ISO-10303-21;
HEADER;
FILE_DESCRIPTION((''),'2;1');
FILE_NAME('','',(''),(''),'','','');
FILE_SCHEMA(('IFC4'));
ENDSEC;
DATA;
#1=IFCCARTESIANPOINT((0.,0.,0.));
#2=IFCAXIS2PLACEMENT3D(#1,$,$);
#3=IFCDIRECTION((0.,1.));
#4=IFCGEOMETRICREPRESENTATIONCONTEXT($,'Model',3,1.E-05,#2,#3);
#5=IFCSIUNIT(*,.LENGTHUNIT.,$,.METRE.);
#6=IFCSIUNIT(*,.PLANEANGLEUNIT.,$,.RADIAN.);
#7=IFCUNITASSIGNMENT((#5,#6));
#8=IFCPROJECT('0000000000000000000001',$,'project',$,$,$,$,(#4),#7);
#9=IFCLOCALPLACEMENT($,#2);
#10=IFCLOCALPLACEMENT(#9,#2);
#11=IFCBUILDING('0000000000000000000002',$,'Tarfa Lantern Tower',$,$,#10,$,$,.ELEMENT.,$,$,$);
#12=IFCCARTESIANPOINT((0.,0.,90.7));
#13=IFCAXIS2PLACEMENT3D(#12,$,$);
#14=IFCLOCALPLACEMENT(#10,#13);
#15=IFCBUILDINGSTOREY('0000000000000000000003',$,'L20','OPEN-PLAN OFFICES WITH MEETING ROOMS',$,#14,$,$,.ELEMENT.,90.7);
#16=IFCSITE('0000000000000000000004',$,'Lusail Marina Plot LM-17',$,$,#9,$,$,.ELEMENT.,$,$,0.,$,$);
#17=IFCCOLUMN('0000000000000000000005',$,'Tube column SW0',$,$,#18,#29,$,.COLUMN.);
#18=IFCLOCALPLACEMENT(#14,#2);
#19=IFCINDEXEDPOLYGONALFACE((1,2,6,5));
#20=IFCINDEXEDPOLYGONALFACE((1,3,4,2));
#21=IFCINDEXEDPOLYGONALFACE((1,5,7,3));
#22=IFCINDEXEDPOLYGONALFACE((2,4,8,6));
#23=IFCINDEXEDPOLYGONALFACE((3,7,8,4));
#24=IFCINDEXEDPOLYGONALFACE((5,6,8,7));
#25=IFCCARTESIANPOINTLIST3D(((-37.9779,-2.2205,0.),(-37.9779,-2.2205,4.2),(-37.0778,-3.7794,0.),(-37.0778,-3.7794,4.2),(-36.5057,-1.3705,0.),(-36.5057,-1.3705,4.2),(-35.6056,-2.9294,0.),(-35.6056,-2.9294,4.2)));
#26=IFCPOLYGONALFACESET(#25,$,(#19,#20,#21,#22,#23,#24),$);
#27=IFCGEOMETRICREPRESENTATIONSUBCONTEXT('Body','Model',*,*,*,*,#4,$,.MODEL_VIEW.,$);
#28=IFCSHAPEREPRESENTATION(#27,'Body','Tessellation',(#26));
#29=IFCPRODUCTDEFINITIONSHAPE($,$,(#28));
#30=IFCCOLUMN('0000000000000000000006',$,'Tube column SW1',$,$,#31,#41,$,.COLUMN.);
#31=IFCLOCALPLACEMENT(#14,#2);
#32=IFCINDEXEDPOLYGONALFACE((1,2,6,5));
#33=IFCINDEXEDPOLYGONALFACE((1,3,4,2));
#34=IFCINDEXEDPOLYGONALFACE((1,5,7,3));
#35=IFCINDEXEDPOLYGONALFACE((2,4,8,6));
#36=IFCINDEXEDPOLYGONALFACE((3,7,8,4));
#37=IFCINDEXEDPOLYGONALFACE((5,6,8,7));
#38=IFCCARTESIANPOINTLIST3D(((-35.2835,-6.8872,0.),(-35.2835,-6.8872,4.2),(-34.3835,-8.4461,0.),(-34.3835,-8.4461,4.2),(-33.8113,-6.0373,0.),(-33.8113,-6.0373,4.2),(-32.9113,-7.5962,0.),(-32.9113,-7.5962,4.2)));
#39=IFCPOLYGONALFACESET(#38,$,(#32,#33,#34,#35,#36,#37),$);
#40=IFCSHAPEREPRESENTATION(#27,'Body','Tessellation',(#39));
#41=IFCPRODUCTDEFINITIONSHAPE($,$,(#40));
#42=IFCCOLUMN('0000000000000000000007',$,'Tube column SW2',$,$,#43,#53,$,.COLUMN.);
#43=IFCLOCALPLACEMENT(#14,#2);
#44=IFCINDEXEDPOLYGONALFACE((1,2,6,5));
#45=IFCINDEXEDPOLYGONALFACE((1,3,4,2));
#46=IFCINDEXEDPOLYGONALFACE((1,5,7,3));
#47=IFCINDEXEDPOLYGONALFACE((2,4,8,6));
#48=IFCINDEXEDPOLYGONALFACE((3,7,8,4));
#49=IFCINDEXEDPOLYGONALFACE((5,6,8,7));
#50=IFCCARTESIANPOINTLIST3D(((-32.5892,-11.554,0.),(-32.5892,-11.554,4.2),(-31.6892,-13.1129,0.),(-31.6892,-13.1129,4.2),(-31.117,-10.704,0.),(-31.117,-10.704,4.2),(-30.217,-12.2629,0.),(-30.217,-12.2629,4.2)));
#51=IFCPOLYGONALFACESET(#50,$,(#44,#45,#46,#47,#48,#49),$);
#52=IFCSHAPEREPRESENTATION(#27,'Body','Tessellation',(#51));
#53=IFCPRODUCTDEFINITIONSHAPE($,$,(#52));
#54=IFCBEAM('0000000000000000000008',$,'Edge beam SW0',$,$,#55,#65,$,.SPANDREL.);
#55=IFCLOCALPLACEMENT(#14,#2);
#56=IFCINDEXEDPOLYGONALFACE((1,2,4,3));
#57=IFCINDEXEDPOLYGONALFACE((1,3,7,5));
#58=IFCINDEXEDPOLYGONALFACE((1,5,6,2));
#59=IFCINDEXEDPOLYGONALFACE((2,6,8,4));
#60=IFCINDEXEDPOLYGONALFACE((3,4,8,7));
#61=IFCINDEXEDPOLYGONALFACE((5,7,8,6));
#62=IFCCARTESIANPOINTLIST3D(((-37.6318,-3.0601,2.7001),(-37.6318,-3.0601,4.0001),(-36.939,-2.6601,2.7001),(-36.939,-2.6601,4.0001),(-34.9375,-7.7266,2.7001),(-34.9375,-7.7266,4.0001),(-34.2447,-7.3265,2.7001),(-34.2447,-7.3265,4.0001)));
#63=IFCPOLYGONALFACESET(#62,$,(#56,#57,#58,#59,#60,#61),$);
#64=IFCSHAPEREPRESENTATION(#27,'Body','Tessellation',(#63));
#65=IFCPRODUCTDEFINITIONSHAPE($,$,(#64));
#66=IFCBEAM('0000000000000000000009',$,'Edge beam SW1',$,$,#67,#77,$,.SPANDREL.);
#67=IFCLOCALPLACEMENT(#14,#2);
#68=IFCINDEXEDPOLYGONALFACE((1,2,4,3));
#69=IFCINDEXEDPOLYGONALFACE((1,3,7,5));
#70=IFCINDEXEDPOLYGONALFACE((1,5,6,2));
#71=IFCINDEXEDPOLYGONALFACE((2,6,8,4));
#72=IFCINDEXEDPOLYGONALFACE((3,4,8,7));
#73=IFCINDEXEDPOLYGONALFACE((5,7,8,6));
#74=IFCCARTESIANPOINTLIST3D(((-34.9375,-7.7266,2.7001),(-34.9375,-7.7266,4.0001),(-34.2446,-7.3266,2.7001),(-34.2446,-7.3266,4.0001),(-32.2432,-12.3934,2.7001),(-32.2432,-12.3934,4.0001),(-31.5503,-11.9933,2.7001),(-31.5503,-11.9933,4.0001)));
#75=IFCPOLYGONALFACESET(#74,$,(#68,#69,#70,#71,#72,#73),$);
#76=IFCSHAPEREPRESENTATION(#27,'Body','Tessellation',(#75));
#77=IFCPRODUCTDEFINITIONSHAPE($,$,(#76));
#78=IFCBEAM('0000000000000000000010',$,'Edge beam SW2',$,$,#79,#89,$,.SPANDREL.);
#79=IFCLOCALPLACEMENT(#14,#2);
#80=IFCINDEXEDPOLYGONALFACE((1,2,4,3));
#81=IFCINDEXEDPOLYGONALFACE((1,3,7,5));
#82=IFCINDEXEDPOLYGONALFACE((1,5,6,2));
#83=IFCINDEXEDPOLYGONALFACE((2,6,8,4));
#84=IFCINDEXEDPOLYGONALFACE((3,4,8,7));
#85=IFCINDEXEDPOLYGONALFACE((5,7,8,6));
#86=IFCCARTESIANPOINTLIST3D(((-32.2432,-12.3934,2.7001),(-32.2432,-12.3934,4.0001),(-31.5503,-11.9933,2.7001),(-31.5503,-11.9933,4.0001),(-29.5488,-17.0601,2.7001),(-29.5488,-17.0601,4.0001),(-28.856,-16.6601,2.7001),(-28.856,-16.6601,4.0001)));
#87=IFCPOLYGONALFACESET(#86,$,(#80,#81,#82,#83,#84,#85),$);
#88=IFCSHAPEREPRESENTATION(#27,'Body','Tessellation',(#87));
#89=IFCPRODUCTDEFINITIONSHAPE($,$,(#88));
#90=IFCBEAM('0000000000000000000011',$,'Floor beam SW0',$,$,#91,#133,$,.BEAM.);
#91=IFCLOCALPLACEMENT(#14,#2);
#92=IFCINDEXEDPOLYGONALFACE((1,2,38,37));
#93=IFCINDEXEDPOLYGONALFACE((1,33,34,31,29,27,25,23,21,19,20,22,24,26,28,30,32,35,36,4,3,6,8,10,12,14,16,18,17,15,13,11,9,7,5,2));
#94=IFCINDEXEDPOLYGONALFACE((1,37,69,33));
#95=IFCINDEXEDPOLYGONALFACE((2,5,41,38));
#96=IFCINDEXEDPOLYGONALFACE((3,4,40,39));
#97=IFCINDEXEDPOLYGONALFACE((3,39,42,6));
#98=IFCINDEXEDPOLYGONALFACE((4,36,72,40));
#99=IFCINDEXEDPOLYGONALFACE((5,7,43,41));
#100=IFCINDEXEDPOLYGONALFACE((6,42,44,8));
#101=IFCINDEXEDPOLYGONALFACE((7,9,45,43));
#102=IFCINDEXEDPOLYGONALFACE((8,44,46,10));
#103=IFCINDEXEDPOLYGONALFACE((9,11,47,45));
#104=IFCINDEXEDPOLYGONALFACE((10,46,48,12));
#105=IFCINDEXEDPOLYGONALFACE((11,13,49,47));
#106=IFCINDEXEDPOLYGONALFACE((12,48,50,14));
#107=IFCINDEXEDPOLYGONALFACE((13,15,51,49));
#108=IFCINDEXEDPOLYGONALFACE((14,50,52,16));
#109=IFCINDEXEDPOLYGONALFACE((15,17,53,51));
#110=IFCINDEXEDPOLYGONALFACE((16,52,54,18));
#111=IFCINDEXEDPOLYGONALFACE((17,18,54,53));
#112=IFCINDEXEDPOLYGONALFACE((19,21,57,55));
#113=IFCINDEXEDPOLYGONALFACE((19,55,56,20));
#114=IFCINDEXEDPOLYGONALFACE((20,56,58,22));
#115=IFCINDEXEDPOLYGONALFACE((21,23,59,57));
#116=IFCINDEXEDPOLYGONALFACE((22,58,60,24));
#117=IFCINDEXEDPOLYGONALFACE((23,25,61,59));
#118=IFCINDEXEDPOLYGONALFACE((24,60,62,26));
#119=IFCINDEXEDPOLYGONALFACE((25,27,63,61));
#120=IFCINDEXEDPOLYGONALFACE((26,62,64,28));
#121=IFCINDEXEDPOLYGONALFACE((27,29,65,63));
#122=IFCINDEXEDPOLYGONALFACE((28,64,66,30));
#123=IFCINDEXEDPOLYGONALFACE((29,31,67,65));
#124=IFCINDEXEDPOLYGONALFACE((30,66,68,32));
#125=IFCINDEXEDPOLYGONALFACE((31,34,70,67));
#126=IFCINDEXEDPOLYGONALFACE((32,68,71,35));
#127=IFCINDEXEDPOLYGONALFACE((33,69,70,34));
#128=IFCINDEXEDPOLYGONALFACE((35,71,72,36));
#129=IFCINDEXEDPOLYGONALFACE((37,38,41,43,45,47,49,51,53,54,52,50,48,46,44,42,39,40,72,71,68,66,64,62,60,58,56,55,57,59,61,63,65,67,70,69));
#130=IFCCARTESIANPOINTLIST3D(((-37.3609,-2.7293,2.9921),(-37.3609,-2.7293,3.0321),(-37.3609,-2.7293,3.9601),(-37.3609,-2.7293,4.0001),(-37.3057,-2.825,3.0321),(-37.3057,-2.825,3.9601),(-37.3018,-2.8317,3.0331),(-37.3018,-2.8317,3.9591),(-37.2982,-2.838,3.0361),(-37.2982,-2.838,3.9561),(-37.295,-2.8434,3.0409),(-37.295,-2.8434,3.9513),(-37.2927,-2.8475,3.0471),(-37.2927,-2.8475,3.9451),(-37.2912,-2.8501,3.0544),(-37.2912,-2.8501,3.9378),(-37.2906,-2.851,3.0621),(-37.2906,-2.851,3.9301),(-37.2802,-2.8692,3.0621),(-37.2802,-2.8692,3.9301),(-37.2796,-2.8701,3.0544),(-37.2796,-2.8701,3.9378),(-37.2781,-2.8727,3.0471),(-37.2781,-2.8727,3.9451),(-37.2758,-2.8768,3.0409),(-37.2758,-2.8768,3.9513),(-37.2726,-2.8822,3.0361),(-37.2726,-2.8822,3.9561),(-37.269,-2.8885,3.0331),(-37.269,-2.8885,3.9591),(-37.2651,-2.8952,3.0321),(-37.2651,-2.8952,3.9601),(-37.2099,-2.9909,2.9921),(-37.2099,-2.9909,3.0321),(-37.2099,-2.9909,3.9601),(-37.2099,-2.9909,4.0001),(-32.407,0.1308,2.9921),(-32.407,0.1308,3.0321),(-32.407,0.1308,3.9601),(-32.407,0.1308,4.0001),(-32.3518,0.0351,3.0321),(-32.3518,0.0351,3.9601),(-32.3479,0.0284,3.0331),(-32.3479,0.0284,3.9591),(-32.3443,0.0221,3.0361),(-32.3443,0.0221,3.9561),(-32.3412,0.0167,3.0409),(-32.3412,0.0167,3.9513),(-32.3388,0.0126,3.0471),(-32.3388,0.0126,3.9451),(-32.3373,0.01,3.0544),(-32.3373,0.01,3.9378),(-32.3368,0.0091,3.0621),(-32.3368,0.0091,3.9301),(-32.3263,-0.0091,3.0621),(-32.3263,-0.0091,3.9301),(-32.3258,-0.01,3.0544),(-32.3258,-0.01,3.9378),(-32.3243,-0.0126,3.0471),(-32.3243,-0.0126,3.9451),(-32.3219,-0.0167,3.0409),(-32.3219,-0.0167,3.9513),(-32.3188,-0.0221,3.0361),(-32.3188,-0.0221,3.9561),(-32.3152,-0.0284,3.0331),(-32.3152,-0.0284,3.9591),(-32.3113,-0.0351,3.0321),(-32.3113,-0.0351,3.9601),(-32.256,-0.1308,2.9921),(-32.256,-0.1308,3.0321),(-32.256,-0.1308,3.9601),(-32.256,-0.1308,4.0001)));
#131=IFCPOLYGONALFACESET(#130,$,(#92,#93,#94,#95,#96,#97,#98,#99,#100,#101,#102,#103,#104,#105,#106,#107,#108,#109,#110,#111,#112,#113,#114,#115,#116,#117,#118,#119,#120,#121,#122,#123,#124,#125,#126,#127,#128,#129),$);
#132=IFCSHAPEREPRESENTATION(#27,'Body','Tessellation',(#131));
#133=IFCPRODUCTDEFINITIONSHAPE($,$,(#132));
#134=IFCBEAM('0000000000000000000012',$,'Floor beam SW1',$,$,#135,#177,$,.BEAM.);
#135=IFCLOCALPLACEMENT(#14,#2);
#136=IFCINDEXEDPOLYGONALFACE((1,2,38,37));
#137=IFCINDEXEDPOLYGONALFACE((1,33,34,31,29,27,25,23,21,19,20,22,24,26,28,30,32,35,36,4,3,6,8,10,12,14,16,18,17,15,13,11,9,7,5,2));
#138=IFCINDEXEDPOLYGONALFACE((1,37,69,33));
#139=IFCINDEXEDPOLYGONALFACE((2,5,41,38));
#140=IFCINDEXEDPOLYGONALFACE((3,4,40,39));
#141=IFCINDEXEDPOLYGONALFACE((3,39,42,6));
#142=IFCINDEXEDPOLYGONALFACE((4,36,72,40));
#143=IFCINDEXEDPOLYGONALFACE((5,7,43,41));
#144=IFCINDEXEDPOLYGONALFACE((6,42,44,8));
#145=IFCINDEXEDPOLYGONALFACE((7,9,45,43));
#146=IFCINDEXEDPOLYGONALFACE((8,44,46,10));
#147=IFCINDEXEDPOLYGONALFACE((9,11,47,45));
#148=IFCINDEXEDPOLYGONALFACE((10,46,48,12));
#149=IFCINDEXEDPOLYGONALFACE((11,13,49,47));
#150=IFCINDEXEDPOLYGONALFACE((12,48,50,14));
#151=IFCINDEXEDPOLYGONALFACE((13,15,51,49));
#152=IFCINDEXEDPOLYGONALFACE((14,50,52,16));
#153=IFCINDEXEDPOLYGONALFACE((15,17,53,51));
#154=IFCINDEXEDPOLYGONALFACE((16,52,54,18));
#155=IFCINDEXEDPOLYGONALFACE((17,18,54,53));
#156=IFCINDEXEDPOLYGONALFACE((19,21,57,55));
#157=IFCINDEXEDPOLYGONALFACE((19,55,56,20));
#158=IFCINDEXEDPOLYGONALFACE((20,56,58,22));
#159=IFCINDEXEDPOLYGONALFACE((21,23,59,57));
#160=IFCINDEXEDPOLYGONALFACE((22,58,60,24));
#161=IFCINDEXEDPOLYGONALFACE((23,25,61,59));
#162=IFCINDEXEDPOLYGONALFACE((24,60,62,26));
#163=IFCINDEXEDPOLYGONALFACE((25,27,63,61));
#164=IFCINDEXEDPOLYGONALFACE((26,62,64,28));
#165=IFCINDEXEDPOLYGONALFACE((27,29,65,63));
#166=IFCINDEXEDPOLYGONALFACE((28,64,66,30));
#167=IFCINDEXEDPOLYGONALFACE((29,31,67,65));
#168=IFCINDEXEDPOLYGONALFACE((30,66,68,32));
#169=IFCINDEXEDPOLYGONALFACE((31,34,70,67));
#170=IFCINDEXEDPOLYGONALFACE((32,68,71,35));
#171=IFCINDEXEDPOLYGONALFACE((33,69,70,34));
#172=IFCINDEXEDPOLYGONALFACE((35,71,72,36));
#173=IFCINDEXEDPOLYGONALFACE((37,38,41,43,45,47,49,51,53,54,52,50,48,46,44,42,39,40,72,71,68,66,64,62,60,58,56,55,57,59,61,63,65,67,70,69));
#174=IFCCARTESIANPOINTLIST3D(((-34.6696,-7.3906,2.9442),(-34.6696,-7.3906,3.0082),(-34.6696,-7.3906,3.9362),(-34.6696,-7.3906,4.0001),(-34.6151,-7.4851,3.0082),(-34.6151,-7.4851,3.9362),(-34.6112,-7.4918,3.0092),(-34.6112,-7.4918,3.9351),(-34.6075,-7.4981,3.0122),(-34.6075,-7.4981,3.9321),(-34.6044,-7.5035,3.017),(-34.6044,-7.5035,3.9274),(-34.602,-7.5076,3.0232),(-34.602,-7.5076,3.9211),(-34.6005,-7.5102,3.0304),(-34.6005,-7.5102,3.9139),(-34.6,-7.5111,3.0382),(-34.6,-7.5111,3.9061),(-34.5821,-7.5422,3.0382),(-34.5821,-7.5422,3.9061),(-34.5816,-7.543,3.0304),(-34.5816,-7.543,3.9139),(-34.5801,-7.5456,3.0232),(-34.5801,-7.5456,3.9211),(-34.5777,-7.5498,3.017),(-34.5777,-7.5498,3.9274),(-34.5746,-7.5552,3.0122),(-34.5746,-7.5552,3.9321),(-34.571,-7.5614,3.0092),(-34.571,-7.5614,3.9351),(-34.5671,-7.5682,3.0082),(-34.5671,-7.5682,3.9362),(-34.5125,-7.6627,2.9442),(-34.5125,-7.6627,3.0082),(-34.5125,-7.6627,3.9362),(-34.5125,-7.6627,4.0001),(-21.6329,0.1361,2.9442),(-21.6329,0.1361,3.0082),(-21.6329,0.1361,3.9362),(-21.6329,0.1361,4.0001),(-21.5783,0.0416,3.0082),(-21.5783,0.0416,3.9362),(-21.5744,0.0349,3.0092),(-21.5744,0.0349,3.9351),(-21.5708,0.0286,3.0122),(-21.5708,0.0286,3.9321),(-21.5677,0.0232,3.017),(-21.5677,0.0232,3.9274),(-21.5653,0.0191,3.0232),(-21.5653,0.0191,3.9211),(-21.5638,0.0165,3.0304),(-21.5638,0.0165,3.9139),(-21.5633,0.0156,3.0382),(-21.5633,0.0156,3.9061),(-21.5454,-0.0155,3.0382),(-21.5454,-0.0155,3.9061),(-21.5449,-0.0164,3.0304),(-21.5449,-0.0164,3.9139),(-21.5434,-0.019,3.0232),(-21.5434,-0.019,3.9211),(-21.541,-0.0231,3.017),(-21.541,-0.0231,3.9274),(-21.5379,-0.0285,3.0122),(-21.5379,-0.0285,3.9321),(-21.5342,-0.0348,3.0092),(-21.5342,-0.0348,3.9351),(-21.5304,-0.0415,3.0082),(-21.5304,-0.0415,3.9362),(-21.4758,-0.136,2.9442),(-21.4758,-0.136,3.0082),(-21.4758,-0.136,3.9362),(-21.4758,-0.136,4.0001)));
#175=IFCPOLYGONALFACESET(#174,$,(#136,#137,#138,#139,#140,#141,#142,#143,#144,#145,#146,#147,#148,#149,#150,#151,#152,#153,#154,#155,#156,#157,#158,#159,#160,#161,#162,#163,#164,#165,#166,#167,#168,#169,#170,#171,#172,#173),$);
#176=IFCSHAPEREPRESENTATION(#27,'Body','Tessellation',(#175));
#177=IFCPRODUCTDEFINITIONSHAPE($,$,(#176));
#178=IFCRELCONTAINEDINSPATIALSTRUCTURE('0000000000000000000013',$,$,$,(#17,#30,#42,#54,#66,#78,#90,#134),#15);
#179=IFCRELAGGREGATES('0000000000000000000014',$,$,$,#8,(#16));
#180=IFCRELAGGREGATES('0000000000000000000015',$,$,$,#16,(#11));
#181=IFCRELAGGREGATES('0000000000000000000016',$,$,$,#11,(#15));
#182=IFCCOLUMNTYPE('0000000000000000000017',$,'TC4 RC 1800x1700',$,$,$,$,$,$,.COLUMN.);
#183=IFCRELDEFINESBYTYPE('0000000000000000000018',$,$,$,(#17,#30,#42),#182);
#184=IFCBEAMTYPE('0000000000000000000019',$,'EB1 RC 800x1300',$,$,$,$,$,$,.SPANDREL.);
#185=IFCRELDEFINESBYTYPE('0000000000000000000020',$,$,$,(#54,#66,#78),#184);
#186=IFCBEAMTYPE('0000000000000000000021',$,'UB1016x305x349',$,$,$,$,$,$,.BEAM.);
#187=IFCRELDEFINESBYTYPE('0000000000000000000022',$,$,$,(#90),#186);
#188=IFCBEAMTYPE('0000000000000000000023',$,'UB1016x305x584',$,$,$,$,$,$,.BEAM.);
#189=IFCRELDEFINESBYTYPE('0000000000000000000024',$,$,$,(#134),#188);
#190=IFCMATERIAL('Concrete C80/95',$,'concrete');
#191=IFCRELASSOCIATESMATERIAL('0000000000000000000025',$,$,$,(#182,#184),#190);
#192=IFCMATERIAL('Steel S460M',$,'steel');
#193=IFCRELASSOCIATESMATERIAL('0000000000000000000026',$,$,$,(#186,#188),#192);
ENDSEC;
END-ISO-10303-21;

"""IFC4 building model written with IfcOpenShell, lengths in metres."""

from ifc_helpers import new_model, si_unit, direction, frame, origin, origin_2d, place, context, subcontext, project, spatial, rectangle, i_section, extrude, material, material_profile, profile_set, type_object, element, save


model = new_model("IFC4")

# Units and contexts
model_context = context("Model", 3, precision=1e-05, world=origin(), true_north=direction((0.0, 1.0)))
body_context = subcontext(model_context, "Body", "Model", "MODEL_VIEW")
ifc_project = project(units=[si_unit("LENGTHUNIT", "METRE"), si_unit("PLANEANGLEUNIT", "RADIAN")], contexts=[model_context])

# Site, building, storey
site_placement = place(None, origin())
site = spatial("IfcSite", under=ifc_project, at=site_placement, Name="Lusail Marina Plot LM-17", CompositionType="ELEMENT", RefElevation=0.0)
building_placement = place(site_placement, origin())
building = spatial("IfcBuilding", under=site, at=building_placement, Name="Tarfa Lantern Tower", CompositionType="ELEMENT")
storey_placement = place(building_placement, frame((0.0, 0.0, 90.7)))
storey = spatial("IfcBuildingStorey", under=building, at=storey_placement, Name="L20", Description="OPEN-PLAN OFFICES WITH MEETING ROOMS", CompositionType="ELEMENT", Elevation=90.7)

# Columns
ifc_material_1 = material(Name="Concrete C80/95", Category="concrete")
ifc_material_profile_1 = material_profile(ifc_material_1, rectangle(XDim=1.8, YDim=1.7, at=origin_2d()), Name="RC 1800x1700")
ifc_profile_set_1 = profile_set([ifc_material_profile_1], Name="Concrete C80/95")
column_type = type_object("IfcColumnType", Name="TC4 RC 1800x1700", PredefinedType="COLUMN", material=ifc_profile_set_1)
for number, where, z_axis, x_axis, name in (
    (1, (-36.7917, -2.575, 0.0), (0.0, 0.0, 1.0), (0.5, -0.866025, 0.0), "Tube column SW0"),
    (2, (-34.0974, -7.2417, 0.0), (0.0, 0.0, 1.0), (0.5, -0.866025, 0.0), "Tube column SW1"),
    (3, (-31.4031, -11.9084, 0.0), (0.0, 0.0, 1.0), (0.5, -0.866025, 0.0), "Tube column SW2"),
):
    element("IfcColumn", number, at=place(storey_placement, frame(where, z_axis=z_axis, x_axis=x_axis)), inside=storey, type_object=column_type, Name=name, PredefinedType="COLUMN", context=body_context, shape_type="SweptSolid", body=[
        extrude(rectangle(XDim=1.8, YDim=1.7, at=origin_2d()), origin(), (0.0, 0.0, 1.0), 4.2),
    ])

# Beams
ifc_material_profile_2 = material_profile(ifc_material_1, rectangle(XDim=0.8, YDim=1.3, at=origin_2d()), Name="RC 800x1300")
ifc_profile_set_2 = profile_set([ifc_material_profile_2], Name="Concrete C80/95")
beam_type_1 = type_object("IfcBeamType", Name="EB1 RC 800x1300", PredefinedType="SPANDREL", material=ifc_profile_set_2)
beam_1_placement = place(storey_placement, frame((-37.2854, -2.8601, 3.3501), z_axis=(0.500018, -0.866015, 0.0), x_axis=(0.866015, 0.500018, 0.0)))
element("IfcBeam", 4, at=beam_1_placement, inside=storey, type_object=beam_type_1, Name="Edge beam SW0", PredefinedType="SPANDREL", context=body_context, shape_type="SweptSolid", body=[
    extrude(rectangle(XDim=0.8, YDim=1.3, at=origin_2d()), origin(), (0.0, 0.0, 1.0), 5.3884),
])
for number, where, z_axis, x_axis, name in (
    (5, (-34.5911, -7.5266, 3.3501), (0.499998, -0.866026, 0.0), (0.866026, 0.499998, 0.0), "Edge beam SW1"),
    (6, (-31.8967, -12.1934, 3.3501), (0.499998, -0.866026, 0.0), (0.866026, 0.499998, 0.0), "Edge beam SW2"),
):
    element("IfcBeam", number, at=place(storey_placement, frame(where, z_axis=z_axis, x_axis=x_axis)), inside=storey, type_object=beam_type_1, Name=name, PredefinedType="SPANDREL", context=body_context, shape_type="SweptSolid", body=[
        extrude(rectangle(XDim=0.8, YDim=1.3, at=origin_2d()), origin(), (0.0, 0.0, 1.0), 5.3887),
    ])
ifc_material_2 = material(Name="Steel S460M", Category="steel")
ifc_material_profile_3 = material_profile(ifc_material_2, i_section(OverallWidth=0.302, OverallDepth=1.0081, WebThickness=0.021, FlangeThickness=0.04, FilletRadius=0.03, at=origin_2d()), Name="UB1016x305x349")
ifc_profile_set_3 = profile_set([ifc_material_profile_3], Name="Steel S460M")
beam_type_2 = type_object("IfcBeamType", Name="UB1016x305x349", PredefinedType="BEAM", material=ifc_profile_set_3)
beam_2_placement = place(storey_placement, frame((-37.2854, -2.8601, 3.4961), z_axis=(0.866026, 0.5, 0.0), x_axis=(-0.5, 0.866026, 0.0)))
element("IfcBeam", 7, at=beam_2_placement, inside=storey, type_object=beam_type_2, Name="Floor beam SW0", PredefinedType="BEAM", context=body_context, shape_type="SweptSolid", body=[
    extrude(i_section(OverallWidth=0.302, OverallDepth=1.0081, WebThickness=0.021, FlangeThickness=0.04, FilletRadius=0.03, at=origin_2d()), origin(), (0.0, 0.0, 1.0), 5.7202),
])
ifc_material_profile_4 = material_profile(ifc_material_2, i_section(OverallWidth=0.3142, OverallDepth=1.0559, WebThickness=0.0359, FlangeThickness=0.064, FilletRadius=0.03, at=origin_2d()), Name="UB1016x305x584")
ifc_profile_set_4 = profile_set([ifc_material_profile_4], Name="Steel S460M")
beam_type_3 = type_object("IfcBeamType", Name="UB1016x305x584", PredefinedType="BEAM", material=ifc_profile_set_4)
beam_3_placement = place(storey_placement, frame((-34.5911, -7.5266, 3.4722), z_axis=(0.866028, 0.499996, 0.0), x_axis=(-0.499996, 0.866028, 0.0)))
element("IfcBeam", 8, at=beam_3_placement, inside=storey, type_object=beam_type_3, Name="Floor beam SW1", PredefinedType="BEAM", context=body_context, shape_type="SweptSolid", body=[
    extrude(i_section(OverallWidth=0.3142, OverallDepth=1.0559, WebThickness=0.0359, FlangeThickness=0.064, FilletRadius=0.03, at=origin_2d()), origin(), (0.0, 0.0, 1.0), 15.0535),
])

save(model, "model.ifc")
